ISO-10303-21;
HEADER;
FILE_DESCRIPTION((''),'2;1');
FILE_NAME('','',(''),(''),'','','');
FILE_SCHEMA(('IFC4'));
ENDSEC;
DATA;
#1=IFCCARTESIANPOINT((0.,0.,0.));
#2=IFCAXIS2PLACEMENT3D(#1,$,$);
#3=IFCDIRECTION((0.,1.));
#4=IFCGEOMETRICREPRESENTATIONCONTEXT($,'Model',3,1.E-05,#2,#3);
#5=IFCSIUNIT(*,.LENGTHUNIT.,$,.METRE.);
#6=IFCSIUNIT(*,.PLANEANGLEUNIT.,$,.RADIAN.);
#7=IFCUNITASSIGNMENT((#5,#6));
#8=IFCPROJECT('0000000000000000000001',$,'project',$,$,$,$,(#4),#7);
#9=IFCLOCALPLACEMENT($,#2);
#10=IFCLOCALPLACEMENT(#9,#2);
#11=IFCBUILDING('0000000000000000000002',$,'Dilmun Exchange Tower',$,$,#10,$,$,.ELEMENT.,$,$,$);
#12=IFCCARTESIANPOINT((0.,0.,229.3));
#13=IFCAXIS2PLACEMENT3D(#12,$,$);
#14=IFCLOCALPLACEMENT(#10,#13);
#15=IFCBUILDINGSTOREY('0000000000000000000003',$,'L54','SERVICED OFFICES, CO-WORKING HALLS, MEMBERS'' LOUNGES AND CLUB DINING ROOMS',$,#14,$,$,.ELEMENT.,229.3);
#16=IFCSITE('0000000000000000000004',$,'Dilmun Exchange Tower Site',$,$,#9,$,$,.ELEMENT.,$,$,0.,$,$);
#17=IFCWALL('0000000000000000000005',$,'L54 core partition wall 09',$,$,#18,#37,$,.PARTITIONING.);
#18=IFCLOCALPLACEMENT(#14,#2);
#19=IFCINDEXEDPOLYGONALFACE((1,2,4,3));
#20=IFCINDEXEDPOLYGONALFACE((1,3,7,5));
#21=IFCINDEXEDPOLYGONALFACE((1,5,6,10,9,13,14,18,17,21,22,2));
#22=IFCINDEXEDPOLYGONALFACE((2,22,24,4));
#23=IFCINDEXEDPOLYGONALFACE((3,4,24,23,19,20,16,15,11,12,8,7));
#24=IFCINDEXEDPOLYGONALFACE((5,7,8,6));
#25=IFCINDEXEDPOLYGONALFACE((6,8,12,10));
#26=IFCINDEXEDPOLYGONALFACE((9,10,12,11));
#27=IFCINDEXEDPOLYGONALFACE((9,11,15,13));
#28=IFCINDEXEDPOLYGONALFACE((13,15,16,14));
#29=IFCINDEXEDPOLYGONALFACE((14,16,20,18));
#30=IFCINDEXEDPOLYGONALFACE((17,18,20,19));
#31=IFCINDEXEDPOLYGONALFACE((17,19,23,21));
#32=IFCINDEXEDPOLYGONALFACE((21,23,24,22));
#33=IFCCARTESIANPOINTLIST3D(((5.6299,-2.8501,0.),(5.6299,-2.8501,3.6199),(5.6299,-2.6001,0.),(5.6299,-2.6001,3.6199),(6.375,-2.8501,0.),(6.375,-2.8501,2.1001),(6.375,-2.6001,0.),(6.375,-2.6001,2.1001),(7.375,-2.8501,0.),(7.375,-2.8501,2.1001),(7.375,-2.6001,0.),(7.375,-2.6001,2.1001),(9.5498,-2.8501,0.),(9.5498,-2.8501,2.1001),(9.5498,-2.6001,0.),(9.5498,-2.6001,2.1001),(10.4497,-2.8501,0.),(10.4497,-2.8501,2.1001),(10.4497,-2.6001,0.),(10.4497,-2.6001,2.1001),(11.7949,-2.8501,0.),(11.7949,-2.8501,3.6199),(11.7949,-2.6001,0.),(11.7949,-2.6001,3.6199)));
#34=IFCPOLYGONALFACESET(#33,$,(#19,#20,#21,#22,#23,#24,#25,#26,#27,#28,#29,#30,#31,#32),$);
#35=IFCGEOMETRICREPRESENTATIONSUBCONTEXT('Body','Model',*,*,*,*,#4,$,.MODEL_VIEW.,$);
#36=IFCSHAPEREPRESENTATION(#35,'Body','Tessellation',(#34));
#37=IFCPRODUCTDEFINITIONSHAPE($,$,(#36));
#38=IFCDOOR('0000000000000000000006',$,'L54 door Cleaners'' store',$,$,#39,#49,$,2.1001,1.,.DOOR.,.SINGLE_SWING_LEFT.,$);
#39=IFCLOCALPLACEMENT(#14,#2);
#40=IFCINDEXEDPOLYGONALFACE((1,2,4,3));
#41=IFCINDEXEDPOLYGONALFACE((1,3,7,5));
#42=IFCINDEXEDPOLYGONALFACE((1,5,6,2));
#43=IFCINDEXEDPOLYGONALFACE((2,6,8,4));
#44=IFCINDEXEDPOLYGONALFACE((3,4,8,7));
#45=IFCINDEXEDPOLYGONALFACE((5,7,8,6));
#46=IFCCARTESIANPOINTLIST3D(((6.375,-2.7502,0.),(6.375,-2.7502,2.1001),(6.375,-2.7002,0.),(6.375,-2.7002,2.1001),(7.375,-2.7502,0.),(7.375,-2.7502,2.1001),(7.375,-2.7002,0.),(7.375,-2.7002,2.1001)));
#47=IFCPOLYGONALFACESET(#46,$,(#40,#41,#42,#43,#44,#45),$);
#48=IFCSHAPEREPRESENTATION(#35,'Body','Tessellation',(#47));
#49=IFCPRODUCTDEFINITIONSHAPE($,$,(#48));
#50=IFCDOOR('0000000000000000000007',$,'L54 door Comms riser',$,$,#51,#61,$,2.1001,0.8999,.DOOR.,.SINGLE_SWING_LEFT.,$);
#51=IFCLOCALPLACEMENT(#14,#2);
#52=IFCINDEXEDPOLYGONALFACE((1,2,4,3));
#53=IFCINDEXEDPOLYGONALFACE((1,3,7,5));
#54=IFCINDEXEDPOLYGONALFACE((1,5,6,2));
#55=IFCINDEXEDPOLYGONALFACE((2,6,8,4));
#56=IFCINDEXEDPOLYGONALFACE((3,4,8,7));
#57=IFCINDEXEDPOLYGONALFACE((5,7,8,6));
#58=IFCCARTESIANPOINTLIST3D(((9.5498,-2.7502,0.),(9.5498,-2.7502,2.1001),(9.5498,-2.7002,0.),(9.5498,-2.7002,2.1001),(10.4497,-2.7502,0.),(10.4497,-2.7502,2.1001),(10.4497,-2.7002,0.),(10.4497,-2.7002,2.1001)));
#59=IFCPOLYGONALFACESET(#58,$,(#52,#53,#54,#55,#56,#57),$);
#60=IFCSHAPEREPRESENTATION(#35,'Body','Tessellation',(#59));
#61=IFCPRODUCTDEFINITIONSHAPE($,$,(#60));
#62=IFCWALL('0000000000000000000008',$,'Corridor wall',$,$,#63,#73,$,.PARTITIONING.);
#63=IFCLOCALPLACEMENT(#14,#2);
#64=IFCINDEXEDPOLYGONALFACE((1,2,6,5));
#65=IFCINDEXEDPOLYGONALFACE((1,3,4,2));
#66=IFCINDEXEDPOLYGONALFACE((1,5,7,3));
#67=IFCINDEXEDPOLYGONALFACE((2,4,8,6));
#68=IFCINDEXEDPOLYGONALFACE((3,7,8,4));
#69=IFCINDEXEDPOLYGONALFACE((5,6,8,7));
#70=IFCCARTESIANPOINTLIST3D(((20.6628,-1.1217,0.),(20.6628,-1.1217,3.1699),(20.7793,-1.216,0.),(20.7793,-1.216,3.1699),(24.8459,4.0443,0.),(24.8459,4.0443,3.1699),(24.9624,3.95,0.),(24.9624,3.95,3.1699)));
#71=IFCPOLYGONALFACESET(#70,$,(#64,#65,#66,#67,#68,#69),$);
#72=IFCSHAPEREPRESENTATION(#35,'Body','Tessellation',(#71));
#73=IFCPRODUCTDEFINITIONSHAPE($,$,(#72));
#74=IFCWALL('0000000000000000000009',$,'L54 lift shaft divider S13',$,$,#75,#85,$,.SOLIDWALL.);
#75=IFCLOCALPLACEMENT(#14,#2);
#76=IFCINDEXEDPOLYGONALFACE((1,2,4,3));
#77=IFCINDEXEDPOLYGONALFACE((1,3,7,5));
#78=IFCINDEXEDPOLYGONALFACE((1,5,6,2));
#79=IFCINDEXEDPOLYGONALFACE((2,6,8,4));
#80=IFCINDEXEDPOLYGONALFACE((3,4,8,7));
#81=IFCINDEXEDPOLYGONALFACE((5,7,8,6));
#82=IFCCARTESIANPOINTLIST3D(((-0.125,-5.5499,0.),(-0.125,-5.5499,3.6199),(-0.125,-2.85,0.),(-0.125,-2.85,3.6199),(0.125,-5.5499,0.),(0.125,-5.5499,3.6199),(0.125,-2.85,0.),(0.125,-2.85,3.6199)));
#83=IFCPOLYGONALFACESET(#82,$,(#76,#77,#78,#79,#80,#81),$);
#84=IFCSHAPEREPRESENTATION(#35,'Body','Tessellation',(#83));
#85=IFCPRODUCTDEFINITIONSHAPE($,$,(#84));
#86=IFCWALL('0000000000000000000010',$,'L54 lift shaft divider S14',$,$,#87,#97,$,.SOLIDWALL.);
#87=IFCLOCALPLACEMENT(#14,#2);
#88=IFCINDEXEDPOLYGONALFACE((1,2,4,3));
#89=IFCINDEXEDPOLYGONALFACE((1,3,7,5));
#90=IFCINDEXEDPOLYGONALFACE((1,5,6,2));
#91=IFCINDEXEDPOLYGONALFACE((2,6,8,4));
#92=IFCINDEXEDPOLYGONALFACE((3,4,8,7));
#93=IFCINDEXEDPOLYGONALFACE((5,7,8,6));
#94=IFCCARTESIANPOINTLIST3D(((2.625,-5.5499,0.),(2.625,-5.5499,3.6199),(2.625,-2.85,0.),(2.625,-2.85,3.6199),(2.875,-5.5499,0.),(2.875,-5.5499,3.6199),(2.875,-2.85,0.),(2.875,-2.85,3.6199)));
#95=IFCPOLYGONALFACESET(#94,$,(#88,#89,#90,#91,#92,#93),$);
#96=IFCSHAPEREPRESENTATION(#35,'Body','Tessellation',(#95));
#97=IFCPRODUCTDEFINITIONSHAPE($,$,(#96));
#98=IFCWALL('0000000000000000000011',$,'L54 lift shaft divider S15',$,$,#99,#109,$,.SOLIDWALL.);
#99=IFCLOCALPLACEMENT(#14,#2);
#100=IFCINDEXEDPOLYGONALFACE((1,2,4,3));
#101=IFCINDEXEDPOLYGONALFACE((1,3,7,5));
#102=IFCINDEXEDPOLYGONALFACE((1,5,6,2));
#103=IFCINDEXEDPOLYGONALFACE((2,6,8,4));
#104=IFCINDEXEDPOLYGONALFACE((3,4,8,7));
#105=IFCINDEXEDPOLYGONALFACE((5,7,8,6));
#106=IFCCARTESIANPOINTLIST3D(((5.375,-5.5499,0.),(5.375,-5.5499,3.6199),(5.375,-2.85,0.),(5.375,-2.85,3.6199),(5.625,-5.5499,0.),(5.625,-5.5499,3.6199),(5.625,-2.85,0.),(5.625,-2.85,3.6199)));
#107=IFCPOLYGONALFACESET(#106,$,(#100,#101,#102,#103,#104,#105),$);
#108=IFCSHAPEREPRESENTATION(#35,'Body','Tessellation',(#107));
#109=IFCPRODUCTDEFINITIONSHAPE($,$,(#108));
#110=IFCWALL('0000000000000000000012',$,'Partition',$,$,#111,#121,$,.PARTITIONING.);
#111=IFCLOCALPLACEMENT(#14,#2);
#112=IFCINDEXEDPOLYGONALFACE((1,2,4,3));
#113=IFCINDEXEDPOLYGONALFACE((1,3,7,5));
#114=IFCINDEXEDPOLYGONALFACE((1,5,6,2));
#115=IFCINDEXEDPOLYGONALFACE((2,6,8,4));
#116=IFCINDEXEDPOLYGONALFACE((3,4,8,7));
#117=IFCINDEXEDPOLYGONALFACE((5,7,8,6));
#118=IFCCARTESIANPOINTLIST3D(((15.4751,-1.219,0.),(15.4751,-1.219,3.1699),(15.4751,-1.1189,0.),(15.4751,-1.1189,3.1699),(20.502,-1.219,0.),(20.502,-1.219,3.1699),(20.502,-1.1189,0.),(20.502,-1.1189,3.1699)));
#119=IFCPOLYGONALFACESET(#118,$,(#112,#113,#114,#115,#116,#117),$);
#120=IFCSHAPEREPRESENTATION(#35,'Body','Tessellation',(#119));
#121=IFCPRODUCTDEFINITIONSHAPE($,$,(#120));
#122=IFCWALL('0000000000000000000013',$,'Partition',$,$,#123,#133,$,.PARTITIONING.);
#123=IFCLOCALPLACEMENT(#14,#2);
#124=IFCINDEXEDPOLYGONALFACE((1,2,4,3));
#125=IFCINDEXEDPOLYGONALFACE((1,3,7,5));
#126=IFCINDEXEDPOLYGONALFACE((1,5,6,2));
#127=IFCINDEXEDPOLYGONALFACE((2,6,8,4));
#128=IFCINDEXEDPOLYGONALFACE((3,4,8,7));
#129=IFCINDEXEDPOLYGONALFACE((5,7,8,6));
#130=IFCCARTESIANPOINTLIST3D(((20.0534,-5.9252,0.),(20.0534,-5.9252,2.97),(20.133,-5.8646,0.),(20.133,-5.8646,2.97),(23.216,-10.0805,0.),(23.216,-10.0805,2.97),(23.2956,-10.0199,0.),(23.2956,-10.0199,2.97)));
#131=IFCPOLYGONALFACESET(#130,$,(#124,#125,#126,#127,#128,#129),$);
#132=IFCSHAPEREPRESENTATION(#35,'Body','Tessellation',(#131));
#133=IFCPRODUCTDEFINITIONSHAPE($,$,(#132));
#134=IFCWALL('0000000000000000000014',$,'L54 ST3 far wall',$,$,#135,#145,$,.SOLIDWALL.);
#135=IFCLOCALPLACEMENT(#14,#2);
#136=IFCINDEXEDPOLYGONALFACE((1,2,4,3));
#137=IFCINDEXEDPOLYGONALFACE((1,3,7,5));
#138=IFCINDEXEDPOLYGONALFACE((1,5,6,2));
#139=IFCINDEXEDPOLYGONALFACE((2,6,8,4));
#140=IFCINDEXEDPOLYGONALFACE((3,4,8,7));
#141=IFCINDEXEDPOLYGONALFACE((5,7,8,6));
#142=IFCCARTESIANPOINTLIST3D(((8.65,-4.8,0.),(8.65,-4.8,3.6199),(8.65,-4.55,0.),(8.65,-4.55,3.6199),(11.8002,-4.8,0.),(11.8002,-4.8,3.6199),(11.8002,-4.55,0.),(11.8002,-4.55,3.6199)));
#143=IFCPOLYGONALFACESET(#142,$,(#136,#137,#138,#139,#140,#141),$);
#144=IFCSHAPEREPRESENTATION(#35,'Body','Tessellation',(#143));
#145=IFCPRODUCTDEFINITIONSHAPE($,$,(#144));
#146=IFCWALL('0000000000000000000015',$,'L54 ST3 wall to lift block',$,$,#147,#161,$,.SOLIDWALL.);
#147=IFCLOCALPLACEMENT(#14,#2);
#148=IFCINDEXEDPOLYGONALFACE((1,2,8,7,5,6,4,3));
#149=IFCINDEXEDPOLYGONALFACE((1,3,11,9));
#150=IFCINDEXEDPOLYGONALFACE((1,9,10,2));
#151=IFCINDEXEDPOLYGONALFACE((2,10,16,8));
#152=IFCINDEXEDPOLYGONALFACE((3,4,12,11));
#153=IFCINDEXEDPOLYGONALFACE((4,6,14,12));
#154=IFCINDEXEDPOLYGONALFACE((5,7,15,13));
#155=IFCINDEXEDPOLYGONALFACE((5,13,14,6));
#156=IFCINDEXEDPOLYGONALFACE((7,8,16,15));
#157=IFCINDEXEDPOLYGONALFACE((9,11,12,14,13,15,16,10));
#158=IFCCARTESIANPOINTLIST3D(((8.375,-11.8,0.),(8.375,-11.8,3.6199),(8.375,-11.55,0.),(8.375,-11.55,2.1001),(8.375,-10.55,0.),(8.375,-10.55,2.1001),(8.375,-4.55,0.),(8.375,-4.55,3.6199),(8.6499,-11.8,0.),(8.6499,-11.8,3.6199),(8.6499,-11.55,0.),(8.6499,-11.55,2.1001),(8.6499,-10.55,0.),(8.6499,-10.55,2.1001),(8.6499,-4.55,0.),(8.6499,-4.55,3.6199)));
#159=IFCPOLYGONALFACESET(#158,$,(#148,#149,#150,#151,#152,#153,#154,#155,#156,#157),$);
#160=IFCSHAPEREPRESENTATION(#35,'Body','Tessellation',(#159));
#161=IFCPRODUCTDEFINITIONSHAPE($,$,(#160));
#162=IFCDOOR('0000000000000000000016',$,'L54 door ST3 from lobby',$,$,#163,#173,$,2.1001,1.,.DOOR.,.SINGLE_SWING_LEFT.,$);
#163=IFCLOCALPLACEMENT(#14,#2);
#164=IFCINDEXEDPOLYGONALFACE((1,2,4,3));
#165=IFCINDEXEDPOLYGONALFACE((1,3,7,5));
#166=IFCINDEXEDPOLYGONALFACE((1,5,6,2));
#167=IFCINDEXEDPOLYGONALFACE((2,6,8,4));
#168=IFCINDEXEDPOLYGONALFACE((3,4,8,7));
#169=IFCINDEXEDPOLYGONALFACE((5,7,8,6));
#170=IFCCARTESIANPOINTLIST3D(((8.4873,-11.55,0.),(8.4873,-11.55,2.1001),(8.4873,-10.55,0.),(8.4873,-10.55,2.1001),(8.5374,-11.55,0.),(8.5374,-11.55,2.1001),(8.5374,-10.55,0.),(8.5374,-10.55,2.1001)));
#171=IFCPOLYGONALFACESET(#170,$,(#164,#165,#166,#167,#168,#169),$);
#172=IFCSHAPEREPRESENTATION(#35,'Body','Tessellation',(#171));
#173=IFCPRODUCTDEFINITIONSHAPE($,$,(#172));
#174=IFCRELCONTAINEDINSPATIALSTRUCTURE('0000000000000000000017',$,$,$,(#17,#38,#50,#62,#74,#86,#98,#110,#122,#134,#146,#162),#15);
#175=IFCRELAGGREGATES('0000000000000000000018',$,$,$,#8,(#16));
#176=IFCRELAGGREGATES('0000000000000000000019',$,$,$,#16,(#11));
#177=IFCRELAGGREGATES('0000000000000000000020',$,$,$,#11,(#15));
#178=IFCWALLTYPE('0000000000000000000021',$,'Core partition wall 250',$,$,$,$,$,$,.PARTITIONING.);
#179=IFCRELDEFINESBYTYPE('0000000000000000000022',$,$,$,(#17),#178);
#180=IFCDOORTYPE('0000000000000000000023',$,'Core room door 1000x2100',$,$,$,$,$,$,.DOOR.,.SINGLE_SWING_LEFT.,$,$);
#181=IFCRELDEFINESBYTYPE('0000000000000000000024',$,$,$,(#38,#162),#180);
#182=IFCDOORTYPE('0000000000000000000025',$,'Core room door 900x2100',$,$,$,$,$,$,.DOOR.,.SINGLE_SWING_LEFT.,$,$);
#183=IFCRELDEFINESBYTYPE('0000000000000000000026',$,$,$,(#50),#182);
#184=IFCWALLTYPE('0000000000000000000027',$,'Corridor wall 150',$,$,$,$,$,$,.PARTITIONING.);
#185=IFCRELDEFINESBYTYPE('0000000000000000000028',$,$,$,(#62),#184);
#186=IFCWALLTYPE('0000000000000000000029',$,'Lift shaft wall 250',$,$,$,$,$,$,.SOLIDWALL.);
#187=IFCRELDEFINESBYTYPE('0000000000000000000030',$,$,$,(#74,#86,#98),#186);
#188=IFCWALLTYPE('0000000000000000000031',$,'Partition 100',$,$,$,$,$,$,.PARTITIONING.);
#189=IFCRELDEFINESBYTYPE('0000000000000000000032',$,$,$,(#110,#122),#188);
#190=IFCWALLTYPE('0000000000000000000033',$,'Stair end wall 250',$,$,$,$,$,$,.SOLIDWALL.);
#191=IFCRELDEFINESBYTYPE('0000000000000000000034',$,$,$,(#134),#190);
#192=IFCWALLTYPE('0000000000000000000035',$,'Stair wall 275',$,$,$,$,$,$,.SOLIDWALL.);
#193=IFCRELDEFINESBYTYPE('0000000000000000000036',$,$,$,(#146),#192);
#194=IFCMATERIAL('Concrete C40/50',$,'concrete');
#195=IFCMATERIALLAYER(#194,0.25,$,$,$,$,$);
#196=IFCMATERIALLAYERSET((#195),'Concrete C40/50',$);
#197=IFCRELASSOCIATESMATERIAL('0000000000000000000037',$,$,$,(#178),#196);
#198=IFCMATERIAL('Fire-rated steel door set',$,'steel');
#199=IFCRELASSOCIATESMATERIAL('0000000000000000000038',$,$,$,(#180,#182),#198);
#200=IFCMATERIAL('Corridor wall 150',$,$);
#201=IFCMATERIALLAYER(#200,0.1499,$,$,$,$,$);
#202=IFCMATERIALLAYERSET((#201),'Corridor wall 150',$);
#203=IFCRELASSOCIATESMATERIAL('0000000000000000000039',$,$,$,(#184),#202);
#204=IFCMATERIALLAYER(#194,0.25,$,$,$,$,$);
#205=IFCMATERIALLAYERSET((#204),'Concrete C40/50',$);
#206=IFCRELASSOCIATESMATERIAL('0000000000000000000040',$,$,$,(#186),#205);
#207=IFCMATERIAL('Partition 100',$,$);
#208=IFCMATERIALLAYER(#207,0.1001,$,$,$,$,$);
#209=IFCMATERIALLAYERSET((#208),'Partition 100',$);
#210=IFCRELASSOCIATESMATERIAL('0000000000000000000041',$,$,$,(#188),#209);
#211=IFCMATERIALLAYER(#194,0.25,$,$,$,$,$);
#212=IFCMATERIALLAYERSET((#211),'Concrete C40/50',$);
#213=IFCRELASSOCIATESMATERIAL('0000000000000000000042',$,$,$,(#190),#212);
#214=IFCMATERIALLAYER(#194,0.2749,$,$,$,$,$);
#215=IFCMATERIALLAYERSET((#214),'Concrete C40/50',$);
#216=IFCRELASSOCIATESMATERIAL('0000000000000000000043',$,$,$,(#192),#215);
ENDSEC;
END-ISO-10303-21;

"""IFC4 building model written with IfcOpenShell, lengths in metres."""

from ifc_helpers import new_model, si_unit, direction, frame, frame_2d, origin, place, context, subcontext, project, spatial, rectangle, extrude, material, layer, layer_set, type_object, element, fill, save


model = new_model("IFC4")

# Units and contexts
model_context = context("Model", 3, precision=1e-05, world=origin(), true_north=direction((0.0, 1.0)))
body_context = subcontext(model_context, "Body", "Model", "MODEL_VIEW")
ifc_project = project(units=[si_unit("LENGTHUNIT", "METRE"), si_unit("PLANEANGLEUNIT", "RADIAN")], contexts=[model_context])

# Site, building, storey
site_placement = place(None, origin())
site = spatial("IfcSite", under=ifc_project, at=site_placement, Name="Dilmun Exchange Tower Site", CompositionType="ELEMENT", RefElevation=0.0)
building_placement = place(site_placement, origin())
building = spatial("IfcBuilding", under=site, at=building_placement, Name="Dilmun Exchange Tower", CompositionType="ELEMENT")
storey_placement = place(building_placement, frame((0.0, 0.0, 229.3)))
storey = spatial("IfcBuildingStorey", under=building, at=storey_placement, Name="L54", Description="SERVICED OFFICES, CO-WORKING HALLS, MEMBERS' LOUNGES AND CLUB DINING ROOMS", CompositionType="ELEMENT", Elevation=229.3)

# Shared definitions
ifc_material_1 = material(Name="Concrete C40/50", Category="concrete")

# Shared definitions
ifc_layer_1 = layer(ifc_material_1, 0.25)
ifc_layer_set_1 = layer_set([ifc_layer_1], Name="Concrete C40/50")
wall_type_1 = type_object("IfcWallType", Name="Core partition wall 250", PredefinedType="PARTITIONING", material=ifc_layer_set_1)

# Wall, openings, doors
wall_1_placement = place(storey_placement, frame((5.6299, -2.7251, 0.0), z_axis=(0.0, 0.0, 1.0), x_axis=(1.0, 0.0, 0.0)))
wall_1 = element("IfcWall", 1, at=wall_1_placement, inside=storey, type_object=wall_type_1, Name="L54 core partition wall 09", PredefinedType="PARTITIONING", context=body_context, shape_type="SweptSolid", body=[
    extrude(rectangle(XDim=6.165, YDim=0.25, at=frame_2d((3.0825, 0.0))), origin(), (0.0, 0.0, 1.0), 3.6199),
])
opening_1_placement = place(wall_1_placement, frame((0.7451, 0.0, 0.0)))
opening_1 = element("IfcOpeningElement", 2, at=opening_1_placement, cuts=wall_1, PredefinedType="OPENING", context=body_context, shape_type="SweptSolid", body=[
    extrude(rectangle(XDim=1.0, YDim=2.1001, at=frame_2d((0.5, 1.05))), frame((0.0, 0.135, 0.0), z_axis=(0.0, -1.0, 0.0), x_axis=(1.0, 0.0, 0.0)), (0.0, 0.0, 1.0), 0.27),
])
opening_2_placement = place(wall_1_placement, frame((3.9199, 0.0, 0.0)))
opening_2 = element("IfcOpeningElement", 3, at=opening_2_placement, cuts=wall_1, PredefinedType="OPENING", context=body_context, shape_type="SweptSolid", body=[
    extrude(rectangle(XDim=0.8999, YDim=2.1001, at=frame_2d((0.45, 1.05))), frame((0.0, 0.135, 0.0), z_axis=(0.0, -1.0, 0.0), x_axis=(1.0, 0.0, 0.0)), (0.0, 0.0, 1.0), 0.27),
])
ifc_material_2 = material(Name="Fire-rated steel door set", Category="steel")
door_type_1 = type_object("IfcDoorType", Name="Core room door 1000x2100", OperationType="SINGLE_SWING_LEFT", PredefinedType="DOOR", material=ifc_material_2)
door_1_placement = place(opening_1_placement, origin())
door_1 = element("IfcDoor", 4, at=door_1_placement, inside=storey, type_object=door_type_1, Name="L54 door Cleaners' store", OperationType="SINGLE_SWING_LEFT", OverallHeight=2.1001, OverallWidth=1.0, PredefinedType="DOOR", context=body_context, shape_type="SweptSolid", body=[
    extrude(rectangle(XDim=1.0, YDim=2.1001, at=frame_2d((0.5, 1.05))), frame((0.0, 0.0249, 0.0), z_axis=(0.0, -1.0, 0.0), x_axis=(1.0, 0.0, 0.0)), (0.0, 0.0, 1.0), 0.05),
])
fill(opening_1, door_1)
door_type_2 = type_object("IfcDoorType", Name="Core room door 900x2100", OperationType="SINGLE_SWING_LEFT", PredefinedType="DOOR", material=ifc_material_2)
door_2_placement = place(opening_2_placement, origin())
door_2 = element("IfcDoor", 5, at=door_2_placement, inside=storey, type_object=door_type_2, Name="L54 door Comms riser", OperationType="SINGLE_SWING_LEFT", OverallHeight=2.1001, OverallWidth=0.8999, PredefinedType="DOOR", context=body_context, shape_type="SweptSolid", body=[
    extrude(rectangle(XDim=0.8999, YDim=2.1001, at=frame_2d((0.45, 1.05))), frame((0.0, 0.0249, 0.0), z_axis=(0.0, -1.0, 0.0), x_axis=(1.0, 0.0, 0.0)), (0.0, 0.0, 1.0), 0.05),
])
fill(opening_2, door_2)

# Walls
ifc_material_3 = material(Name="Corridor wall 150")
ifc_layer_2 = layer(ifc_material_3, 0.1499)
ifc_layer_set_2 = layer_set([ifc_layer_2], Name="Corridor wall 150")
wall_type_2 = type_object("IfcWallType", Name="Corridor wall 150", PredefinedType="PARTITIONING", material=ifc_layer_set_2)
wall_2_placement = place(storey_placement, frame((20.7209, -1.1689, 0.0), z_axis=(0.0, 0.0, 1.0), x_axis=(0.629298, 0.777164, 0.0)))
element("IfcWall", 6, at=wall_2_placement, inside=storey, type_object=wall_type_2, Name="Corridor wall", PredefinedType="PARTITIONING", context=body_context, shape_type="SweptSolid", body=[
    extrude(rectangle(XDim=6.6472, YDim=0.1499, at=frame_2d((3.3237, 0.0))), origin(), (0.0, 0.0, 1.0), 3.1699),
])
ifc_layer_3 = layer(ifc_material_1, 0.25)
ifc_layer_set_3 = layer_set([ifc_layer_3], Name="Concrete C40/50")
wall_type_3 = type_object("IfcWallType", Name="Lift shaft wall 250", PredefinedType="SOLIDWALL", material=ifc_layer_set_3)
for number, where, z_axis, x_axis, name in (
    (7, (0.0, -5.55, 0.0), (0.0, 0.0, 1.0), (0.0, 1.0, 0.0), "L54 lift shaft divider S13"),
    (8, (2.75, -5.55, 0.0), (0.0, 0.0, 1.0), (0.0, 1.0, 0.0), "L54 lift shaft divider S14"),
    (9, (5.5, -5.55, 0.0), (0.0, 0.0, 1.0), (0.0, 1.0, 0.0), "L54 lift shaft divider S15"),
):
    element("IfcWall", number, at=place(storey_placement, frame(where, z_axis=z_axis, x_axis=x_axis)), inside=storey, type_object=wall_type_3, Name=name, PredefinedType="SOLIDWALL", context=body_context, shape_type="SweptSolid", body=[
        extrude(rectangle(XDim=2.7, YDim=0.25, at=frame_2d((1.3501, 0.0))), origin(), (0.0, 0.0, 1.0), 3.6199),
    ])
ifc_material_4 = material(Name="Partition 100")
ifc_layer_4 = layer(ifc_material_4, 0.1001)
ifc_layer_set_4 = layer_set([ifc_layer_4], Name="Partition 100")
wall_type_4 = type_object("IfcWallType", Name="Partition 100", PredefinedType="PARTITIONING", material=ifc_layer_set_4)
wall_3_placement = place(storey_placement, frame((15.4751, -1.1689, 0.0), z_axis=(0.0, 0.0, 1.0), x_axis=(1.0, 0.0, 0.0)))
element("IfcWall", 10, at=wall_3_placement, inside=storey, type_object=wall_type_4, Name="Partition", PredefinedType="PARTITIONING", context=body_context, shape_type="SweptSolid", body=[
    extrude(rectangle(XDim=5.0269, YDim=0.1001, at=frame_2d((2.5134, 0.0))), origin(), (0.0, 0.0, 1.0), 3.1699),
])
wall_4_placement = place(storey_placement, frame((20.0933, -5.895, 0.0), z_axis=(0.0, 0.0, 1.0), x_axis=(0.60564, -0.795739, 0.0)))
element("IfcWall", 11, at=wall_4_placement, inside=storey, type_object=wall_type_4, Name="Partition", PredefinedType="PARTITIONING", context=body_context, shape_type="SweptSolid", body=[
    extrude(rectangle(XDim=5.2219, YDim=0.1001, at=frame_2d((2.6108, 0.0))), origin(), (0.0, 0.0, 1.0), 2.97),
])
ifc_layer_5 = layer(ifc_material_1, 0.25)
ifc_layer_set_5 = layer_set([ifc_layer_5], Name="Concrete C40/50")
wall_type_5 = type_object("IfcWallType", Name="Stair end wall 250", PredefinedType="SOLIDWALL", material=ifc_layer_set_5)
wall_5_placement = place(storey_placement, frame((8.6499, -4.675, 0.0), z_axis=(0.0, 0.0, 1.0), x_axis=(1.0, 0.0, 0.0)))
element("IfcWall", 12, at=wall_5_placement, inside=storey, type_object=wall_type_5, Name="L54 ST3 far wall", PredefinedType="SOLIDWALL", context=body_context, shape_type="SweptSolid", body=[
    extrude(rectangle(XDim=3.1501, YDim=0.25, at=frame_2d((1.5752, 0.0))), origin(), (0.0, 0.0, 1.0), 3.6199),
])

# Wall, opening, door
ifc_layer_6 = layer(ifc_material_1, 0.2749)
ifc_layer_set_6 = layer_set([ifc_layer_6], Name="Concrete C40/50")
wall_type_6 = type_object("IfcWallType", Name="Stair wall 275", PredefinedType="SOLIDWALL", material=ifc_layer_set_6)
wall_6_placement = place(storey_placement, frame((8.5125, -4.55, 0.0), z_axis=(0.0, 0.0, 1.0), x_axis=(0.0, -1.0, 0.0)))
wall_6 = element("IfcWall", 13, at=wall_6_placement, inside=storey, type_object=wall_type_6, Name="L54 ST3 wall to lift block", PredefinedType="SOLIDWALL", context=body_context, shape_type="SweptSolid", body=[
    extrude(rectangle(XDim=7.25, YDim=0.2749, at=frame_2d((3.625, 0.0))), origin(), (0.0, 0.0, 1.0), 3.6199),
])
opening_3_placement = place(wall_6_placement, frame((6.0, 0.0, 0.0)))
opening_3 = element("IfcOpeningElement", 14, at=opening_3_placement, cuts=wall_6, PredefinedType="OPENING", context=body_context, shape_type="SweptSolid", body=[
    extrude(rectangle(XDim=1.0, YDim=2.1001, at=frame_2d((0.5, 1.05))), frame((0.0, 0.1475, 0.0), z_axis=(0.0, -1.0, 0.0), x_axis=(1.0, 0.0, 0.0)), (0.0, 0.0, 1.0), 0.2949),
])
door_3_placement = place(opening_3_placement, origin())
door_3 = element("IfcDoor", 15, at=door_3_placement, inside=storey, type_object=door_type_1, Name="L54 door ST3 from lobby", OperationType="SINGLE_SWING_LEFT", OverallHeight=2.1001, OverallWidth=1.0, PredefinedType="DOOR", context=body_context, shape_type="SweptSolid", body=[
    extrude(rectangle(XDim=1.0, YDim=2.1001, at=frame_2d((0.5, 1.05))), frame((0.0, 0.0249, 0.0), z_axis=(0.0, -1.0, 0.0), x_axis=(1.0, 0.0, 0.0)), (0.0, 0.0, 1.0), 0.05),
])
fill(opening_3, door_3)

save(model, "model.ifc")
